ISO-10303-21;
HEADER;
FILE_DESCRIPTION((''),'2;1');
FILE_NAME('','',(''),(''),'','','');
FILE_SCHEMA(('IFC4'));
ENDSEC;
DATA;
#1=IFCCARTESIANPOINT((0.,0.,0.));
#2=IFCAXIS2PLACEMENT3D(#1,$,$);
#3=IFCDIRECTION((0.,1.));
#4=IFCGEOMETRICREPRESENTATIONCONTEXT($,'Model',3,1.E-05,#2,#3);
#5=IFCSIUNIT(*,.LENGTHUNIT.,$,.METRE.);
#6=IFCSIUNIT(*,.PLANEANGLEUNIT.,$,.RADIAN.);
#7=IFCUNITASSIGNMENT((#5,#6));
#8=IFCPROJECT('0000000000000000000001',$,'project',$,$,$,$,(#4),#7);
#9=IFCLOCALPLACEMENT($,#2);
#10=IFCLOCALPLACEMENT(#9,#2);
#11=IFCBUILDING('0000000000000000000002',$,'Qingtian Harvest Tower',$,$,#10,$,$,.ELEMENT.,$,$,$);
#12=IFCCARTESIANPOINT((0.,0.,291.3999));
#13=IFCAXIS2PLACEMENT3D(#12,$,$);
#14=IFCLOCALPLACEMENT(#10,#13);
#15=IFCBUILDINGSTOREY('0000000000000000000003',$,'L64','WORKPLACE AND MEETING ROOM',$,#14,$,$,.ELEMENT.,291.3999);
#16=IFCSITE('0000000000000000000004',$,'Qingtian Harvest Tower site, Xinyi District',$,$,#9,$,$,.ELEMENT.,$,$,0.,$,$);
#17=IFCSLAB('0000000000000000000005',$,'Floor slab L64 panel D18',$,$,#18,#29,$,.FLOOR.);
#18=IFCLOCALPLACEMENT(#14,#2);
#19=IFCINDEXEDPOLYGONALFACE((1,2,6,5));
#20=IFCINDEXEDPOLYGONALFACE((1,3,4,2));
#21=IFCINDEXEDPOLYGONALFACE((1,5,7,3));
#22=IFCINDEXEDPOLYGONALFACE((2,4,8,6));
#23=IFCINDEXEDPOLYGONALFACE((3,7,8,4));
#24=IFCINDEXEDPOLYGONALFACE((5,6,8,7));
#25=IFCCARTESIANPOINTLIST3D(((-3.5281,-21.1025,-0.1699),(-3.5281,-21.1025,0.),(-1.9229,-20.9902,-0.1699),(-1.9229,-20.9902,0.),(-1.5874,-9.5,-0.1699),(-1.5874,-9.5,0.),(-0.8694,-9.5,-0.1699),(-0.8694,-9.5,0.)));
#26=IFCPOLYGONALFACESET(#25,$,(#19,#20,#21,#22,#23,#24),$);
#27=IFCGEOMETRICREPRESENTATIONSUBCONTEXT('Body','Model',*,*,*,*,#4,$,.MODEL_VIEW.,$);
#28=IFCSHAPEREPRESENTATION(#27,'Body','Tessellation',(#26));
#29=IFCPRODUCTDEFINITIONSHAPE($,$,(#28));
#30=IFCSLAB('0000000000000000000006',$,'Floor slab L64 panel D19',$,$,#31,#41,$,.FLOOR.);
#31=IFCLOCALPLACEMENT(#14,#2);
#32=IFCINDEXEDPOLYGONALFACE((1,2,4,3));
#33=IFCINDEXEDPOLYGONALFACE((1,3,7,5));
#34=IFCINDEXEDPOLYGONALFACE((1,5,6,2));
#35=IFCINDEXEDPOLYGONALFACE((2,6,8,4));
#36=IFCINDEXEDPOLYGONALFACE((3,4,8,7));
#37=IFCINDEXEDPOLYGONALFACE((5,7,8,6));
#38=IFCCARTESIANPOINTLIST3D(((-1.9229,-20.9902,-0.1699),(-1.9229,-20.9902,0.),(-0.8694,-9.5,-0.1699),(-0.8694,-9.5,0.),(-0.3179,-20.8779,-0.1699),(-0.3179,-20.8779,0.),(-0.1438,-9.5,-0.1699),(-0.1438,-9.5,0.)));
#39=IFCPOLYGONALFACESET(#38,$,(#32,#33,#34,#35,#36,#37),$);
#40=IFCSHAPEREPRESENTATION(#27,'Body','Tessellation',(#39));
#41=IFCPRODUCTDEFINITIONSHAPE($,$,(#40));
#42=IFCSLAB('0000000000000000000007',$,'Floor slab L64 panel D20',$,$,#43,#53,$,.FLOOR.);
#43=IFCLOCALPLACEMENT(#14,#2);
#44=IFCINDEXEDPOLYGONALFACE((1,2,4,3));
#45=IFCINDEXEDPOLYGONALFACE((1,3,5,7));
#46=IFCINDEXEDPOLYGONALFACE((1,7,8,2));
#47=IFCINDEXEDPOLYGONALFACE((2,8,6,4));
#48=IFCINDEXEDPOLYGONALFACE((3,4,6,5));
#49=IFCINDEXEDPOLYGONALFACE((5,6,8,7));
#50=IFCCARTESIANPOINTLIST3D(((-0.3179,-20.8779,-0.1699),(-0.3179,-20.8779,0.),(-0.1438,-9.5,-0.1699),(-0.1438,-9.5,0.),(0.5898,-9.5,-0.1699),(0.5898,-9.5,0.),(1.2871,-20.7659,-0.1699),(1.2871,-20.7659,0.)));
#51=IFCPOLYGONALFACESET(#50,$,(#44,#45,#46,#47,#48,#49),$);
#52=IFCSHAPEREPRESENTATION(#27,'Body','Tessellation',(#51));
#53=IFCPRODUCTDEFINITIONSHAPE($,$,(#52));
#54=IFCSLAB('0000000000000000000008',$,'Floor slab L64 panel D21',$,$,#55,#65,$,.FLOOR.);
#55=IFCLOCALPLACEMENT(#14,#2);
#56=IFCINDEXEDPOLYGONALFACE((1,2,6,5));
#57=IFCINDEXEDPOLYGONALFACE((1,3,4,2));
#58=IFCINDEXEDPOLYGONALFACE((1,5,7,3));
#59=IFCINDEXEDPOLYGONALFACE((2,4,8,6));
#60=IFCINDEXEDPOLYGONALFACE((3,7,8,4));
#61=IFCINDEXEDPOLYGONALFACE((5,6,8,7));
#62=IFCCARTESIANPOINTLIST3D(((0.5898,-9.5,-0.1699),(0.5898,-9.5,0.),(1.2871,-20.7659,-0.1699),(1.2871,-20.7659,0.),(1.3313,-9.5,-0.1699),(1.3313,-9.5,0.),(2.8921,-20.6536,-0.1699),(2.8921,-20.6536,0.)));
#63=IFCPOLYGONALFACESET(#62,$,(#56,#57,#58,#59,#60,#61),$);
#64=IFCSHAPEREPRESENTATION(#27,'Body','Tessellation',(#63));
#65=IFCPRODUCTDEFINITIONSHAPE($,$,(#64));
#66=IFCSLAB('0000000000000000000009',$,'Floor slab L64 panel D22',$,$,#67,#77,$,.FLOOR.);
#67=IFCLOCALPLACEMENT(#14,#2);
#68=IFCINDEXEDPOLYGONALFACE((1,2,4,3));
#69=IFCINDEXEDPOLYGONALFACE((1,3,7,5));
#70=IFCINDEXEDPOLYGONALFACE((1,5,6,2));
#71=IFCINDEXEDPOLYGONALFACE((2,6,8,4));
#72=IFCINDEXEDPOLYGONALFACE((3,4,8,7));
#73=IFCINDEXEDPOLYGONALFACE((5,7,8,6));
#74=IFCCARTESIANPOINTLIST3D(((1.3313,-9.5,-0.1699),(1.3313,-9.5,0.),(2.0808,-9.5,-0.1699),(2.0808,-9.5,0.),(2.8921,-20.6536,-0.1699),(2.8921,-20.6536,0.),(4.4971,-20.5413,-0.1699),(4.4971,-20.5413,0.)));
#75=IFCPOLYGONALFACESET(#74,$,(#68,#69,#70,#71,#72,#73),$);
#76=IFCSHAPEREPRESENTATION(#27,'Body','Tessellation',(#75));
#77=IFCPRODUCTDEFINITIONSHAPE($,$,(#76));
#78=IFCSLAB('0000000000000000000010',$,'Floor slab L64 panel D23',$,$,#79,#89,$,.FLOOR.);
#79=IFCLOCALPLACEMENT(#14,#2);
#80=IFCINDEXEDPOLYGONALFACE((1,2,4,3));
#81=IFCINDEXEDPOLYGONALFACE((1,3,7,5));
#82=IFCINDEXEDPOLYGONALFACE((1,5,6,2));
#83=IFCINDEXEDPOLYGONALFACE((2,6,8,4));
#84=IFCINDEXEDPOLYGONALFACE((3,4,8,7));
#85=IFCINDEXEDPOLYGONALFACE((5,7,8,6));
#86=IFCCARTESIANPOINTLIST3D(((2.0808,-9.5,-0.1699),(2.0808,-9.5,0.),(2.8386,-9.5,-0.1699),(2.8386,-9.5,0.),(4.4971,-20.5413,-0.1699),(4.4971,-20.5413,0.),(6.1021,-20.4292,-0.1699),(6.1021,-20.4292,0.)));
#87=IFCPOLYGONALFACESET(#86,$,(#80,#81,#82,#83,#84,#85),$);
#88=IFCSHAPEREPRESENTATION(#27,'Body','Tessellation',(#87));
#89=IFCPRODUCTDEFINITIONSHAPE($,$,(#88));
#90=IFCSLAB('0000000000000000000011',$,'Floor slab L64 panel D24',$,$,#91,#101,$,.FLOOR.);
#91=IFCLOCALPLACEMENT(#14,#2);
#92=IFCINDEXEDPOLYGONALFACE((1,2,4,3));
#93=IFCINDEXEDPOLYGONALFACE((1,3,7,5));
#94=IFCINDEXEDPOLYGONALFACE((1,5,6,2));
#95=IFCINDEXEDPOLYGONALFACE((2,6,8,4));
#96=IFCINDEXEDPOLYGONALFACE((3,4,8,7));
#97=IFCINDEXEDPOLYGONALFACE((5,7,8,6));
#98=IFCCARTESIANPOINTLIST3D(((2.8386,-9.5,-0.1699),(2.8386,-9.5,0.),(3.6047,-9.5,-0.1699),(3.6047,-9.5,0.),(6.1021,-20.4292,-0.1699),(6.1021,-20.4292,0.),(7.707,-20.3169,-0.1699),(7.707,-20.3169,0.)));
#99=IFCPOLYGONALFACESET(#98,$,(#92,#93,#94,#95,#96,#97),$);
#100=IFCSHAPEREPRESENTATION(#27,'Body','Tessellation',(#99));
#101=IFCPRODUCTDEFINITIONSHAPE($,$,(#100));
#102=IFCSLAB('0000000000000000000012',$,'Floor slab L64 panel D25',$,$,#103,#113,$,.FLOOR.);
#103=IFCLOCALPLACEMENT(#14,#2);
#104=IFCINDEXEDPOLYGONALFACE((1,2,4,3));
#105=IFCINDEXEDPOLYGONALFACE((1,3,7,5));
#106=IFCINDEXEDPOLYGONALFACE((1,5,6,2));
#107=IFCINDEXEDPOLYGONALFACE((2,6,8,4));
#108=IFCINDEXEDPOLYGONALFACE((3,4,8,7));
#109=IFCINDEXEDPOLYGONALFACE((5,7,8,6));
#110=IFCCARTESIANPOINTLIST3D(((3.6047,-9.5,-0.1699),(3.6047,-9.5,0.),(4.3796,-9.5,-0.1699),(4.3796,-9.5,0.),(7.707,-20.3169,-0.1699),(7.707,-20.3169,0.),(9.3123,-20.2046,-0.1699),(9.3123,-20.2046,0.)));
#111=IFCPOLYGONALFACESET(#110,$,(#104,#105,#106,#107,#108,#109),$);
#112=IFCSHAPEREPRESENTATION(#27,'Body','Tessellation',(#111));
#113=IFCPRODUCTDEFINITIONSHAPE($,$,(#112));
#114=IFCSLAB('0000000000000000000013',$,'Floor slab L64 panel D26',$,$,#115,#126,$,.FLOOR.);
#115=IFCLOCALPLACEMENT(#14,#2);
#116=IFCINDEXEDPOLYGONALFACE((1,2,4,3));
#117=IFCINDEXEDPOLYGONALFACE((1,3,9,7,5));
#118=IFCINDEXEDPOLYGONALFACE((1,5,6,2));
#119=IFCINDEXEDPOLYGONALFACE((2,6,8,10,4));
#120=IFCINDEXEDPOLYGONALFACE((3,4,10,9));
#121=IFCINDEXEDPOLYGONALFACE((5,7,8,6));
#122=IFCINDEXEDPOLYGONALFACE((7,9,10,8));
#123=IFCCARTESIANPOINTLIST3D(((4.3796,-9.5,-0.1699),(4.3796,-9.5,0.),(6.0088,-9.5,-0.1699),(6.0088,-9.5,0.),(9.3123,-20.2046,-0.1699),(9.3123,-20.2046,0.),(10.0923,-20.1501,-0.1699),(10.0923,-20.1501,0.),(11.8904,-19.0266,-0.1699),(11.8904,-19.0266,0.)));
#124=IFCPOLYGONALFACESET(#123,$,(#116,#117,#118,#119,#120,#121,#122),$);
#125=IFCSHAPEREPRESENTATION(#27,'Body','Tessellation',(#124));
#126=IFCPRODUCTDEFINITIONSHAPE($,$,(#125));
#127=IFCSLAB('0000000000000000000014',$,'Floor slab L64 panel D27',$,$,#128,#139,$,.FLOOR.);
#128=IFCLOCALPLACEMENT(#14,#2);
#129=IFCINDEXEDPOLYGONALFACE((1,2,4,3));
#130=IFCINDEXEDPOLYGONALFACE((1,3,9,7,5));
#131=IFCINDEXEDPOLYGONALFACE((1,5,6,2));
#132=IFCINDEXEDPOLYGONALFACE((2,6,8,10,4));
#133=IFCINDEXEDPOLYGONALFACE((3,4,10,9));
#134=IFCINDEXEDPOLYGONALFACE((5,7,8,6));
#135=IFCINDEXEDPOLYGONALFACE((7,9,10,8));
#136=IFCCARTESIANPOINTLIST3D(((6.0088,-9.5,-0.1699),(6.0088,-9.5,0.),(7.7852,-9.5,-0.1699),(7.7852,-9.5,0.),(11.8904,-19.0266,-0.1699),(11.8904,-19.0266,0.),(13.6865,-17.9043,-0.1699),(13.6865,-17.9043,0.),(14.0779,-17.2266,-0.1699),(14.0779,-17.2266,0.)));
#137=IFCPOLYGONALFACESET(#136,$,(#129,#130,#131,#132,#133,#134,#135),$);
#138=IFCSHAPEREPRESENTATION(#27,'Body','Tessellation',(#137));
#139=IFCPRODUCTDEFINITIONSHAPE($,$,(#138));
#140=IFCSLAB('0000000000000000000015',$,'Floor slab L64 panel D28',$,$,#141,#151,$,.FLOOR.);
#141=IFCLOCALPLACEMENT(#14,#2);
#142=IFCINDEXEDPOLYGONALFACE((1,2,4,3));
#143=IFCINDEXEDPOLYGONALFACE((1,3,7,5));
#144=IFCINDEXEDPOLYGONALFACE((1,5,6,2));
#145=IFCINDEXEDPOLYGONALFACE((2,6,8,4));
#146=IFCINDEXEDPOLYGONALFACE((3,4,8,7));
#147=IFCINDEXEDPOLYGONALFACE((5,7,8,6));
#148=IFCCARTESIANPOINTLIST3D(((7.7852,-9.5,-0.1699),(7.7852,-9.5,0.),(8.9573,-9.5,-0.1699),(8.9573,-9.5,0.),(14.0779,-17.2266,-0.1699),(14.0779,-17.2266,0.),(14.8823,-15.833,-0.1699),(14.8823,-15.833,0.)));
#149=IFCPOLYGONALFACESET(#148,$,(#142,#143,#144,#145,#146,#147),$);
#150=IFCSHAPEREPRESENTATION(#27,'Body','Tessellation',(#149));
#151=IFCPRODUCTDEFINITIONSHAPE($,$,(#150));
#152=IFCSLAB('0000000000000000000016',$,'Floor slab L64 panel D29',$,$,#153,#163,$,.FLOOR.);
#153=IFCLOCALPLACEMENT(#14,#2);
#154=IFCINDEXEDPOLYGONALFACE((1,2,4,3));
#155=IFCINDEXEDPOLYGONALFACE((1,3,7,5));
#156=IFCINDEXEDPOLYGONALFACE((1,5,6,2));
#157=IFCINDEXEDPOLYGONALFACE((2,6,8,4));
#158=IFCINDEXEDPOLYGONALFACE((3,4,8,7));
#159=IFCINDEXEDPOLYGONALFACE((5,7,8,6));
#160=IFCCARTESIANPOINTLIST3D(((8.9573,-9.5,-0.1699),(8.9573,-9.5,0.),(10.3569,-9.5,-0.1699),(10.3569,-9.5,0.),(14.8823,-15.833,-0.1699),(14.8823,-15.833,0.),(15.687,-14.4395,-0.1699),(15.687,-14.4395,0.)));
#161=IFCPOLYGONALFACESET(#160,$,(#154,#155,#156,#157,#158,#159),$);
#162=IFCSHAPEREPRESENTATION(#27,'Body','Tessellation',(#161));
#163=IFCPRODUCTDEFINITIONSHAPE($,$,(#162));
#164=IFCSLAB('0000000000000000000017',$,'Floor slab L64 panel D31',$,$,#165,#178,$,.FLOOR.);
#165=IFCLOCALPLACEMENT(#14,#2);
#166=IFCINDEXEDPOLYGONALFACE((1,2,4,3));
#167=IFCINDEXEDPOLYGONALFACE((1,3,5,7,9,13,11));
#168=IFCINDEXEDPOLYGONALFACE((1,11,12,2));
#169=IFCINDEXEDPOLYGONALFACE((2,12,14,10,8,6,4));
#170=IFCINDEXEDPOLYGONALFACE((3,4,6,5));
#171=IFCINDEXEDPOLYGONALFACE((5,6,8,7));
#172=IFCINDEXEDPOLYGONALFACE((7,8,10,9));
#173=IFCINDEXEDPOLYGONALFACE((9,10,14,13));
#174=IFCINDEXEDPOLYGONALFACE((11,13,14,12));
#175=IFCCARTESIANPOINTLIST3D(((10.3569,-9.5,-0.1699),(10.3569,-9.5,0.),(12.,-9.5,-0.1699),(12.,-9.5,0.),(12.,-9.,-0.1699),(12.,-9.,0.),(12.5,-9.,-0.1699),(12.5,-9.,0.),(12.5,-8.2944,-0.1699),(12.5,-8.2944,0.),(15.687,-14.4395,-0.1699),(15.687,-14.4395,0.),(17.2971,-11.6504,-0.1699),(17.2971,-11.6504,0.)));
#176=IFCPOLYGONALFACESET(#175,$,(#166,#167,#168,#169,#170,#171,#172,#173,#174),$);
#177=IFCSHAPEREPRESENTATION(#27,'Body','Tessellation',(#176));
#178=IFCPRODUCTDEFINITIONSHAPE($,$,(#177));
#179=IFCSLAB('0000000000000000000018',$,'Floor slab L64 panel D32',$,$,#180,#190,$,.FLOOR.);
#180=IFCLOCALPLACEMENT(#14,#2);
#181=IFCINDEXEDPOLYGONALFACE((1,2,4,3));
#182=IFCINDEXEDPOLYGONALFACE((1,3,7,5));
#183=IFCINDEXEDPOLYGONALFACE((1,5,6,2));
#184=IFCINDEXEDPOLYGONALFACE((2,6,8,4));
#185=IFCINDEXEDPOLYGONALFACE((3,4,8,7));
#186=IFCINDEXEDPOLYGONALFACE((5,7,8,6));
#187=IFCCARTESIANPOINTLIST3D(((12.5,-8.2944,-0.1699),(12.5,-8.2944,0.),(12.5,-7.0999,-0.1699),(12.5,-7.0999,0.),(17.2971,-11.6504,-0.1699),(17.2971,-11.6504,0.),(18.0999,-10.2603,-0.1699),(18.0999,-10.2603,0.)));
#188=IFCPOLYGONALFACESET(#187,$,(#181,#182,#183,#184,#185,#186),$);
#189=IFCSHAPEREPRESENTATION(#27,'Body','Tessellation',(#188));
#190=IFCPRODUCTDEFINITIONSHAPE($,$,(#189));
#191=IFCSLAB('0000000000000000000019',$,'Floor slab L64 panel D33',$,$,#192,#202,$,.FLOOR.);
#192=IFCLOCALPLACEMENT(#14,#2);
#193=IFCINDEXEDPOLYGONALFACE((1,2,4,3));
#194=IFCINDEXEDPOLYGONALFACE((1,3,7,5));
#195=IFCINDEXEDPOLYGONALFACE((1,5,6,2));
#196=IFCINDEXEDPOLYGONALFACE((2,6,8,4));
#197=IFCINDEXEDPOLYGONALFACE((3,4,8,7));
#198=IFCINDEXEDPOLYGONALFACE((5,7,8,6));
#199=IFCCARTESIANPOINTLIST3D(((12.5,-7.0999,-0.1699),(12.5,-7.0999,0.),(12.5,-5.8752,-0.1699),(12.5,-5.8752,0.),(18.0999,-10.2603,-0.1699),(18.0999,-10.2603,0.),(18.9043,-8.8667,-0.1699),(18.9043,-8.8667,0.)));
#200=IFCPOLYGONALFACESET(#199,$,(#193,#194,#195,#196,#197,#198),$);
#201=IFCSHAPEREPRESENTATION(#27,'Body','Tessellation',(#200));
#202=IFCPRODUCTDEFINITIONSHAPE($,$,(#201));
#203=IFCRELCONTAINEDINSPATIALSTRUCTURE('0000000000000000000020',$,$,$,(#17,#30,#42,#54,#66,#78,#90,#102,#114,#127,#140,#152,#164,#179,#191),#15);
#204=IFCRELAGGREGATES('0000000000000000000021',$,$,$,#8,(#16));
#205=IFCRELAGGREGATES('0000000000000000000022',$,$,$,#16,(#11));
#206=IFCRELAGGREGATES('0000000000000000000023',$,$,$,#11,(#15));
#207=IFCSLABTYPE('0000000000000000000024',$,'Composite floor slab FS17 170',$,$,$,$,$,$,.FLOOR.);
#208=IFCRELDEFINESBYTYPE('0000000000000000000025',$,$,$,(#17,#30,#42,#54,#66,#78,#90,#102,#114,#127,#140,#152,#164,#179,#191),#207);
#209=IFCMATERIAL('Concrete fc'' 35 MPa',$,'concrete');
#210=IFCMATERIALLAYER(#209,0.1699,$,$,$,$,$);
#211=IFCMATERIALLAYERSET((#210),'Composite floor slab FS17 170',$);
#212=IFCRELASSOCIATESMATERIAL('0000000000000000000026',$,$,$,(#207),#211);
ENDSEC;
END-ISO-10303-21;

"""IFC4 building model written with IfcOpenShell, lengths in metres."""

from ifc_helpers import new_model, si_unit, direction, frame, origin, place, context, subcontext, project, spatial, polyline, outline, extrude, material, layer, layer_set, type_object, element, save


model = new_model("IFC4")

# Units and contexts
model_context = context("Model", 3, precision=1e-05, world=origin(), true_north=direction((0.0, 1.0)))
body_context = subcontext(model_context, "Body", "Model", "MODEL_VIEW")
ifc_project = project(units=[si_unit("LENGTHUNIT", "METRE"), si_unit("PLANEANGLEUNIT", "RADIAN")], contexts=[model_context])

# Site, building, storey
site_placement = place(None, origin())
site = spatial("IfcSite", under=ifc_project, at=site_placement, Name="Qingtian Harvest Tower site, Xinyi District", CompositionType="ELEMENT", RefElevation=0.0)
building_placement = place(site_placement, origin())
building = spatial("IfcBuilding", under=site, at=building_placement, Name="Qingtian Harvest Tower", CompositionType="ELEMENT")
storey_placement = place(building_placement, frame((0.0, 0.0, 291.3999)))
storey = spatial("IfcBuildingStorey", under=building, at=storey_placement, Name="L64", Description="WORKPLACE AND MEETING ROOM", CompositionType="ELEMENT", Elevation=291.3999)

# Slabs
ifc_material = material(Name="Concrete fc' 35 MPa", Category="concrete")
ifc_layer = layer(ifc_material, 0.1699)
ifc_layer_set = layer_set([ifc_layer], Name="Composite floor slab FS17 170")
slab_type = type_object("IfcSlabType", Name="Composite floor slab FS17 170", PredefinedType="FLOOR", material=ifc_layer_set)
slab_1_placement = place(storey_placement, frame((0.0, 0.0, -0.1699)))
element("IfcSlab", 1, at=slab_1_placement, inside=storey, type_object=slab_type, Name="Floor slab L64 panel D18", PredefinedType="FLOOR", context=body_context, shape_type="SweptSolid", body=[
    extrude(outline(polyline([(-0.8694, -9.5), (-1.9229, -20.9902), (-3.5281, -21.1025), (-1.5874, -9.5), (-0.8694, -9.5)])), origin(), (0.0, 0.0, 1.0), 0.1699),
])
slab_2_placement = place(storey_placement, frame((0.0, 0.0, -0.1699)))
element("IfcSlab", 2, at=slab_2_placement, inside=storey, type_object=slab_type, Name="Floor slab L64 panel D19", PredefinedType="FLOOR", context=body_context, shape_type="SweptSolid", body=[
    extrude(outline(polyline([(-0.1438, -9.5), (-0.3179, -20.8779), (-1.9229, -20.9902), (-0.8694, -9.5), (-0.1438, -9.5)])), origin(), (0.0, 0.0, 1.0), 0.1699),
])
slab_3_placement = place(storey_placement, frame((0.0, 0.0, -0.1699)))
element("IfcSlab", 3, at=slab_3_placement, inside=storey, type_object=slab_type, Name="Floor slab L64 panel D20", PredefinedType="FLOOR", context=body_context, shape_type="SweptSolid", body=[
    extrude(outline(polyline([(0.5898, -9.5), (1.2871, -20.7659), (-0.3179, -20.8779), (-0.1438, -9.5), (0.5898, -9.5)])), origin(), (0.0, 0.0, 1.0), 0.1699),
])
slab_4_placement = place(storey_placement, frame((0.0, 0.0, -0.1699)))
element("IfcSlab", 4, at=slab_4_placement, inside=storey, type_object=slab_type, Name="Floor slab L64 panel D21", PredefinedType="FLOOR", context=body_context, shape_type="SweptSolid", body=[
    extrude(outline(polyline([(1.3313, -9.5), (2.8921, -20.6536), (1.2871, -20.7659), (0.5898, -9.5), (1.3313, -9.5)])), origin(), (0.0, 0.0, 1.0), 0.1699),
])
slab_5_placement = place(storey_placement, frame((0.0, 0.0, -0.1699)))
element("IfcSlab", 5, at=slab_5_placement, inside=storey, type_object=slab_type, Name="Floor slab L64 panel D22", PredefinedType="FLOOR", context=body_context, shape_type="SweptSolid", body=[
    extrude(outline(polyline([(2.0808, -9.5), (4.4971, -20.5413), (2.8921, -20.6536), (1.3313, -9.5), (2.0808, -9.5)])), origin(), (0.0, 0.0, 1.0), 0.1699),
])
slab_6_placement = place(storey_placement, frame((0.0, 0.0, -0.1699)))
element("IfcSlab", 6, at=slab_6_placement, inside=storey, type_object=slab_type, Name="Floor slab L64 panel D23", PredefinedType="FLOOR", context=body_context, shape_type="SweptSolid", body=[
    extrude(outline(polyline([(2.8386, -9.5), (6.1021, -20.4292), (4.4971, -20.5413), (2.0808, -9.5), (2.8386, -9.5)])), origin(), (0.0, 0.0, 1.0), 0.1699),
])
slab_7_placement = place(storey_placement, frame((0.0, 0.0, -0.1699)))
element("IfcSlab", 7, at=slab_7_placement, inside=storey, type_object=slab_type, Name="Floor slab L64 panel D24", PredefinedType="FLOOR", context=body_context, shape_type="SweptSolid", body=[
    extrude(outline(polyline([(3.6047, -9.5), (7.707, -20.3169), (6.1021, -20.4292), (2.8386, -9.5), (3.6047, -9.5)])), origin(), (0.0, 0.0, 1.0), 0.1699),
])
slab_8_placement = place(storey_placement, frame((0.0, 0.0, -0.1699)))
element("IfcSlab", 8, at=slab_8_placement, inside=storey, type_object=slab_type, Name="Floor slab L64 panel D25", PredefinedType="FLOOR", context=body_context, shape_type="SweptSolid", body=[
    extrude(outline(polyline([(4.3796, -9.5), (9.3123, -20.2046), (7.707, -20.3169), (3.6047, -9.5), (4.3796, -9.5)])), origin(), (0.0, 0.0, 1.0), 0.1699),
])
slab_9_placement = place(storey_placement, frame((0.0, 0.0, -0.1699)))
element("IfcSlab", 9, at=slab_9_placement, inside=storey, type_object=slab_type, Name="Floor slab L64 panel D26", PredefinedType="FLOOR", context=body_context, shape_type="SweptSolid", body=[
    extrude(outline(polyline([(4.3796, -9.5), (6.0088, -9.5), (11.8904, -19.0266), (10.0923, -20.1501), (9.3123, -20.2046), (4.3796, -9.5)])), origin(), (0.0, 0.0, 1.0), 0.1699),
])
slab_10_placement = place(storey_placement, frame((0.0, 0.0, -0.1699)))
element("IfcSlab", 10, at=slab_10_placement, inside=storey, type_object=slab_type, Name="Floor slab L64 panel D27", PredefinedType="FLOOR", context=body_context, shape_type="SweptSolid", body=[
    extrude(outline(polyline([(6.0088, -9.5), (7.7852, -9.5), (14.0779, -17.2266), (13.6865, -17.9043), (11.8904, -19.0266), (6.0088, -9.5)])), origin(), (0.0, 0.0, 1.0), 0.1699),
])
slab_11_placement = place(storey_placement, frame((0.0, 0.0, -0.1699)))
element("IfcSlab", 11, at=slab_11_placement, inside=storey, type_object=slab_type, Name="Floor slab L64 panel D28", PredefinedType="FLOOR", context=body_context, shape_type="SweptSolid", body=[
    extrude(outline(polyline([(8.9573, -9.5), (14.8823, -15.833), (14.0779, -17.2266), (7.7852, -9.5), (8.9573, -9.5)])), origin(), (0.0, 0.0, 1.0), 0.1699),
])
slab_12_placement = place(storey_placement, frame((0.0, 0.0, -0.1699)))
element("IfcSlab", 12, at=slab_12_placement, inside=storey, type_object=slab_type, Name="Floor slab L64 panel D29", PredefinedType="FLOOR", context=body_context, shape_type="SweptSolid", body=[
    extrude(outline(polyline([(10.3569, -9.5), (15.687, -14.4395), (14.8823, -15.833), (8.9573, -9.5), (10.3569, -9.5)])), origin(), (0.0, 0.0, 1.0), 0.1699),
])
slab_13_placement = place(storey_placement, frame((0.0, 0.0, -0.1699)))
element("IfcSlab", 13, at=slab_13_placement, inside=storey, type_object=slab_type, Name="Floor slab L64 panel D31", PredefinedType="FLOOR", context=body_context, shape_type="SweptSolid", body=[
    extrude(outline(polyline([(12.5, -8.2944), (17.2971, -11.6504), (15.687, -14.4395), (10.3569, -9.5), (12.0, -9.5), (12.0, -9.0), (12.5, -9.0), (12.5, -8.2944)])), origin(), (0.0, 0.0, 1.0), 0.1699),
])
slab_14_placement = place(storey_placement, frame((0.0, 0.0, -0.1699)))
element("IfcSlab", 14, at=slab_14_placement, inside=storey, type_object=slab_type, Name="Floor slab L64 panel D32", PredefinedType="FLOOR", context=body_context, shape_type="SweptSolid", body=[
    extrude(outline(polyline([(12.5, -7.0999), (18.0999, -10.2603), (17.2971, -11.6504), (12.5, -8.2944), (12.5, -7.0999)])), origin(), (0.0, 0.0, 1.0), 0.1699),
])
slab_15_placement = place(storey_placement, frame((0.0, 0.0, -0.1699)))
element("IfcSlab", 15, at=slab_15_placement, inside=storey, type_object=slab_type, Name="Floor slab L64 panel D33", PredefinedType="FLOOR", context=body_context, shape_type="SweptSolid", body=[
    extrude(outline(polyline([(12.5, -5.8752), (18.9043, -8.8667), (18.0999, -10.2603), (12.5, -7.0999), (12.5, -5.8752)])), origin(), (0.0, 0.0, 1.0), 0.1699),
])

save(model, "model.ifc")
